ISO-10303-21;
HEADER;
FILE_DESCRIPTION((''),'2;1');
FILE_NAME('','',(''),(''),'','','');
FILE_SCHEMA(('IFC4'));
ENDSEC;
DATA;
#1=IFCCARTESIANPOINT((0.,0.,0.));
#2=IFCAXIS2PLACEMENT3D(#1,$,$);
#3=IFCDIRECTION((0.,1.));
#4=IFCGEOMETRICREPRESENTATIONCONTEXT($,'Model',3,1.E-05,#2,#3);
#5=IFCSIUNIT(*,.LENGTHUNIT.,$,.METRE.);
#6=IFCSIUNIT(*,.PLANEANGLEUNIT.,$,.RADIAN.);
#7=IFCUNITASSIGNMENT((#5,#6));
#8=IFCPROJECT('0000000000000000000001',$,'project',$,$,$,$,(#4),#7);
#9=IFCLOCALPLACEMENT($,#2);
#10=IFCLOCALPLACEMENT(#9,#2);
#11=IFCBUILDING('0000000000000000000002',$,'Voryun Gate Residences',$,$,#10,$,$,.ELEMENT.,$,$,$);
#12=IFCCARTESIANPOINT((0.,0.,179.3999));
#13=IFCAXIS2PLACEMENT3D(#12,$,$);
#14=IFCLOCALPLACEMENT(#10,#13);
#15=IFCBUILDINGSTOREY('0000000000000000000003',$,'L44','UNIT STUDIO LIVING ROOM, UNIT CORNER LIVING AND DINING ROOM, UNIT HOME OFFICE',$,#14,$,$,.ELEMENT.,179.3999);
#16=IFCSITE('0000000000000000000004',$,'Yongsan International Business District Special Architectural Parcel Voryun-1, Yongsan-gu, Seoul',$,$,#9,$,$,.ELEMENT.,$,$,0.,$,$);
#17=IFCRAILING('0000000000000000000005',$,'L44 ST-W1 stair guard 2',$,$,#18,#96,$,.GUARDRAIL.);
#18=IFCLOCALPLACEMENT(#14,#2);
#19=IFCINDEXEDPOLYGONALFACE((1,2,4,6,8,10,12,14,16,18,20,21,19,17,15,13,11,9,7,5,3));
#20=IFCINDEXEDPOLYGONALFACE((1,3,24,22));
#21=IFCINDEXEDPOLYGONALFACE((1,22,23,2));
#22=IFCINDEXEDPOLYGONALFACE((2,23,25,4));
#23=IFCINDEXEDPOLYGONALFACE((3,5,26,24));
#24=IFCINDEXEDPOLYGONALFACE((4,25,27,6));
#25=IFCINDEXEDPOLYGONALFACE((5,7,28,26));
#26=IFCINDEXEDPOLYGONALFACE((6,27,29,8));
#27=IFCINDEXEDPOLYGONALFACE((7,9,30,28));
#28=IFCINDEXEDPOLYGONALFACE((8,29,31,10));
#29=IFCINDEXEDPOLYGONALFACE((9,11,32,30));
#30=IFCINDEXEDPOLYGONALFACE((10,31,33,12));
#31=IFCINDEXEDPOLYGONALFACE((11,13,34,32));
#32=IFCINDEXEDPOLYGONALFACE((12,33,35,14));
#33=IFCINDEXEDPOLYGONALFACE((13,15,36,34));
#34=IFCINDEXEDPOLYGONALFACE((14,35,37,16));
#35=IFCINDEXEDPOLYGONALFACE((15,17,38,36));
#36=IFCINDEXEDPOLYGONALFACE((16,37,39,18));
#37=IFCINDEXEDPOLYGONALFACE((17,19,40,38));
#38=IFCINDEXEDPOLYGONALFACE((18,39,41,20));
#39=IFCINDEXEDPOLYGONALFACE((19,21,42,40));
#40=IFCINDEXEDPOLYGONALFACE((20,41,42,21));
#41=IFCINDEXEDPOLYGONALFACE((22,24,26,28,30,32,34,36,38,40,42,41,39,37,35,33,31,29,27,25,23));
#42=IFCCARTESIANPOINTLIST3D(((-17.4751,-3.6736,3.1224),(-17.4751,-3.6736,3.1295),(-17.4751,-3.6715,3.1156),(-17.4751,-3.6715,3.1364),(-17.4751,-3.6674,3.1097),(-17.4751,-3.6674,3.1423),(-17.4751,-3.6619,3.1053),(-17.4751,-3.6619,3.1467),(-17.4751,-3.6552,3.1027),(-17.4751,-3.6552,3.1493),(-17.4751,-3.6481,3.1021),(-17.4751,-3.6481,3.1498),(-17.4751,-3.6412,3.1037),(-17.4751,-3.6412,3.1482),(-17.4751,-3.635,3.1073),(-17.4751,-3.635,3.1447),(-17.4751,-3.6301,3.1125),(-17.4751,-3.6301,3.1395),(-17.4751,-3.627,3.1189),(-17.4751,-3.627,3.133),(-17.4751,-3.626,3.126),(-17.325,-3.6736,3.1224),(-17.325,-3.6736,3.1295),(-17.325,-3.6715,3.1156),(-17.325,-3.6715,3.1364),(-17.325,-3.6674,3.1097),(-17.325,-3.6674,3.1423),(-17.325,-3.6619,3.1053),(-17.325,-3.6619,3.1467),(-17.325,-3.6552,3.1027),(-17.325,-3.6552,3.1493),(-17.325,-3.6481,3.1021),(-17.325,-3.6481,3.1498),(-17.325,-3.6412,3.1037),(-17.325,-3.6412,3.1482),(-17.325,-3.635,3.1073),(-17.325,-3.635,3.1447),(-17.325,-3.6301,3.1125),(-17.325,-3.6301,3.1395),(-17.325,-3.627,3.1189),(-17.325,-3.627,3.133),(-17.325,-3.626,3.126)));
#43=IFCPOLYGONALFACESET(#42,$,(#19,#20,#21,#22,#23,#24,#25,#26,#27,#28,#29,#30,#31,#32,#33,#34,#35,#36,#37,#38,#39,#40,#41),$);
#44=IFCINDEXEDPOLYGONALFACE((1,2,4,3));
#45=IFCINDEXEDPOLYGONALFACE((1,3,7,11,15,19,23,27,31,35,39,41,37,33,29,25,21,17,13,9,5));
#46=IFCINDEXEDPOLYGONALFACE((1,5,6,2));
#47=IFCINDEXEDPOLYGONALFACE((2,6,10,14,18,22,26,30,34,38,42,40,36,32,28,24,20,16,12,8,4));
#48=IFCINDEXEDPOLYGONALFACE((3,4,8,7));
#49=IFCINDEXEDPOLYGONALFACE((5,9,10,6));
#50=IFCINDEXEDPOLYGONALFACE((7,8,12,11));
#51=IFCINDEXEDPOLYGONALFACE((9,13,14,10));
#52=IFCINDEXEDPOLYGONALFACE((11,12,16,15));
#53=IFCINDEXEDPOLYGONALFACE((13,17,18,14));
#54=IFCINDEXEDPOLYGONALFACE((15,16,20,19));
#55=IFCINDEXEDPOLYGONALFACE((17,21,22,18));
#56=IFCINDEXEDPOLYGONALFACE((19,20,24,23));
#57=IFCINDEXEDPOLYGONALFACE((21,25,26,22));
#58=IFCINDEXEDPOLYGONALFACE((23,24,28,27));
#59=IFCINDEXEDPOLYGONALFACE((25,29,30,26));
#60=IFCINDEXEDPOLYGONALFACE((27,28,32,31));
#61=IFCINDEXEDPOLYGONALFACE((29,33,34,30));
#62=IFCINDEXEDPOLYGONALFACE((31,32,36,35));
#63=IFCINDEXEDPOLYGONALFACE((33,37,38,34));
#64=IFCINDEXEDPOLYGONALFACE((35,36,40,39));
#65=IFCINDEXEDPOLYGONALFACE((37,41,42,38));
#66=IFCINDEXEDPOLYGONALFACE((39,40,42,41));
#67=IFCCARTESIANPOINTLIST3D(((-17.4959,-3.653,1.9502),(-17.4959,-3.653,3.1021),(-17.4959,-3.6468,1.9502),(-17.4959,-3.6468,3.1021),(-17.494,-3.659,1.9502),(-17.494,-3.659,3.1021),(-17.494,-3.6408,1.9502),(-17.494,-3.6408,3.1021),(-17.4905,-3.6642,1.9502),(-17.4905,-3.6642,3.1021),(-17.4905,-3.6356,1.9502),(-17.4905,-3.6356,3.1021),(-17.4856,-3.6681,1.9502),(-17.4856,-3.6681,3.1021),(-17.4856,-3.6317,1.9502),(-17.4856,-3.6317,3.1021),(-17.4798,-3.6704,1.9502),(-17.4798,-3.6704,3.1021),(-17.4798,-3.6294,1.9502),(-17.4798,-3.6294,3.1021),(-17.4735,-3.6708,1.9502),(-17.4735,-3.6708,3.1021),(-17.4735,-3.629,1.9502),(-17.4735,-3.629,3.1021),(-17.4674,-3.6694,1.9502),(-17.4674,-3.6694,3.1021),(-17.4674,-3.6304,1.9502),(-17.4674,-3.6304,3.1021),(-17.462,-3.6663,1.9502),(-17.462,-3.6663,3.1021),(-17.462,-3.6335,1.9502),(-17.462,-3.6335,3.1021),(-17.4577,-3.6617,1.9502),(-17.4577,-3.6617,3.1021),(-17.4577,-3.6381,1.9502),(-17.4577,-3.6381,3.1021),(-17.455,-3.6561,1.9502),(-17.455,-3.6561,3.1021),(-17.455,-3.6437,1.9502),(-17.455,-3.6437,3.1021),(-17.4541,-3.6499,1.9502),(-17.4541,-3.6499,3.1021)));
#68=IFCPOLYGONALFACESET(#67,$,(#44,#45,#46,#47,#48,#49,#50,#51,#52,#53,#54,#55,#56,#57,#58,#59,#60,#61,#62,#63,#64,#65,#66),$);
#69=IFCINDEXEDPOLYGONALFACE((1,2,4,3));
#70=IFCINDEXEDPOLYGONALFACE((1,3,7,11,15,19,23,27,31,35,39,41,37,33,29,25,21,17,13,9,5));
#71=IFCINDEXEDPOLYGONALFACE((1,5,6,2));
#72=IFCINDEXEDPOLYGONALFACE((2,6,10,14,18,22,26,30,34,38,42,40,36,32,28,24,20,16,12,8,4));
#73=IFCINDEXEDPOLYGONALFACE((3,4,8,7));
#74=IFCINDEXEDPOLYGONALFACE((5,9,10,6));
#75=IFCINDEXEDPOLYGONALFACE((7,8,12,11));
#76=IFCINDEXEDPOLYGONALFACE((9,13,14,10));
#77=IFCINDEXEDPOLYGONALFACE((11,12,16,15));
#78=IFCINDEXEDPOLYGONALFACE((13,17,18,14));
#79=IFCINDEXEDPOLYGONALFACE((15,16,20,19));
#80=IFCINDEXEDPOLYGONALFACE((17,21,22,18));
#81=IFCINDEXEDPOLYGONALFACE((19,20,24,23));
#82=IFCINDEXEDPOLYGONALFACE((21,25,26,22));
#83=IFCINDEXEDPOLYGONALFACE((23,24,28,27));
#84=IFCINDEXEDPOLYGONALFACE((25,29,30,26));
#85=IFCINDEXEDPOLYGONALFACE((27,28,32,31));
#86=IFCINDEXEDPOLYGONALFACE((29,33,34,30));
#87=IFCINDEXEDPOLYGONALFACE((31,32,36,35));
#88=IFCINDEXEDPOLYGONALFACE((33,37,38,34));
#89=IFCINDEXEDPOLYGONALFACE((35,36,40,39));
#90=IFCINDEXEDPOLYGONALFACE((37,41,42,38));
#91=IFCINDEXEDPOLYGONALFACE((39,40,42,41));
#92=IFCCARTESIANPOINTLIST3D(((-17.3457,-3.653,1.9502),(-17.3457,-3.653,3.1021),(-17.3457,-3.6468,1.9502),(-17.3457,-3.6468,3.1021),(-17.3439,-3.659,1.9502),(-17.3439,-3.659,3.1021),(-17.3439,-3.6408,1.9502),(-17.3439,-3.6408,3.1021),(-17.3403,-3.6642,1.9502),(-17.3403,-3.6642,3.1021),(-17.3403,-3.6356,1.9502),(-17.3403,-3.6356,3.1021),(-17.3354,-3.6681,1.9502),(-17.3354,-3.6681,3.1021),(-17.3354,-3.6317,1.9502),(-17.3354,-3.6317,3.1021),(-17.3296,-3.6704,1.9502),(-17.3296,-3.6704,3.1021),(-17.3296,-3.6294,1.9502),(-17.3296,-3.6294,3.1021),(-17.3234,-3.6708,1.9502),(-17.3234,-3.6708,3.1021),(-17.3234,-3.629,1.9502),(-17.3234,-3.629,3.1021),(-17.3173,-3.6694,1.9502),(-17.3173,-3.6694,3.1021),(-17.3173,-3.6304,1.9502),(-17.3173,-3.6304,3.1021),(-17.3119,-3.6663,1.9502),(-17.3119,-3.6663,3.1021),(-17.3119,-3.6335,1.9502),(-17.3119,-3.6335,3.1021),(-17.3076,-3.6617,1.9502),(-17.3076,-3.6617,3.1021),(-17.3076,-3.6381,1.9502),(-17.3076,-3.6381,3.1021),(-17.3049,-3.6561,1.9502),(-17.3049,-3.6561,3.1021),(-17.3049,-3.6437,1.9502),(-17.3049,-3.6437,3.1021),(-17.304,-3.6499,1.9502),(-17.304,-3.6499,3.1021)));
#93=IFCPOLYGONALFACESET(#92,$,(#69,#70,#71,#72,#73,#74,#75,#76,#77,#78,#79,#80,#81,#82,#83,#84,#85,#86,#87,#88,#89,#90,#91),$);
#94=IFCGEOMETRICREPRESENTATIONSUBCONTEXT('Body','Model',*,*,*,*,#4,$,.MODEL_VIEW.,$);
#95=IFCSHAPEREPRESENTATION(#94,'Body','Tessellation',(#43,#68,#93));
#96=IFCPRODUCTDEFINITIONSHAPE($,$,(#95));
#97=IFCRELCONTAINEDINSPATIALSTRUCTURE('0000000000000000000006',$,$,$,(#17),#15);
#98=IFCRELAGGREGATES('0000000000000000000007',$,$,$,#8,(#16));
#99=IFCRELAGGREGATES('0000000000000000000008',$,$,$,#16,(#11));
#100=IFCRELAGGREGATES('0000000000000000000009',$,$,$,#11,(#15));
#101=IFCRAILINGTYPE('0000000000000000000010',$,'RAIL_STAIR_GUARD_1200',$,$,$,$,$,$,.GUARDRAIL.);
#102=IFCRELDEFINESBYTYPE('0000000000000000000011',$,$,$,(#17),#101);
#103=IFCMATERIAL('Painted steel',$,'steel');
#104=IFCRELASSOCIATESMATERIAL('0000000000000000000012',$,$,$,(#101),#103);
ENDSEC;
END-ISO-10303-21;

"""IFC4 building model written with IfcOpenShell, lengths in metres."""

from ifc_helpers import new_model, si_unit, direction, frame, origin, origin_2d, place, context, subcontext, project, spatial, circle, extrude, material, type_object, element, save


model = new_model("IFC4")

# Units and contexts
model_context = context("Model", 3, precision=1e-05, world=origin(), true_north=direction((0.0, 1.0)))
body_context = subcontext(model_context, "Body", "Model", "MODEL_VIEW")
ifc_project = project(units=[si_unit("LENGTHUNIT", "METRE"), si_unit("PLANEANGLEUNIT", "RADIAN")], contexts=[model_context])

# Site, building, storey
site_placement = place(None, origin())
site = spatial("IfcSite", under=ifc_project, at=site_placement, Name="Yongsan International Business District Special Architectural Parcel Voryun-1, Yongsan-gu, Seoul", CompositionType="ELEMENT", RefElevation=0.0)
building_placement = place(site_placement, origin())
building = spatial("IfcBuilding", under=site, at=building_placement, Name="Voryun Gate Residences", CompositionType="ELEMENT")
storey_placement = place(building_placement, frame((0.0, 0.0, 179.3999)))
storey = spatial("IfcBuildingStorey", under=building, at=storey_placement, Name="L44", Description="UNIT STUDIO LIVING ROOM, UNIT CORNER LIVING AND DINING ROOM, UNIT HOME OFFICE", CompositionType="ELEMENT", Elevation=179.3999)

# Railing
ifc_material_1 = material(Name="Painted steel", Category="steel")
railing_type_1 = type_object("IfcRailingType", Name="RAIL_STAIR_GUARD_1200", PredefinedType="GUARDRAIL", material=ifc_material_1)
railing_1_placement = place(storey_placement, frame((-17.4751, -3.6499, 1.9502)))
element("IfcRailing", 1, at=railing_1_placement, inside=storey, type_object=railing_type_1, Name="L44 ST-W1 stair guard 2", PredefinedType="GUARDRAIL", context=body_context, shape_type="SweptSolid", body=[
    extrude(circle(Radius=0.0239, at=origin_2d()), frame((0.0, 0.0, 1.1758), z_axis=(1.0, 0.0, 0.0), x_axis=(0.0, 1.0, 0.0)), (0.0, 0.0, 1.0), 0.1501),
    extrude(circle(Radius=0.021, at=origin_2d()), origin(), (0.0, 0.0, 1.0), 1.1519),
    extrude(circle(Radius=0.021, at=origin_2d()), frame((0.1501, 0.0, 0.0)), (0.0, 0.0, 1.0), 1.1519),
])

save(model, "model.ifc")
